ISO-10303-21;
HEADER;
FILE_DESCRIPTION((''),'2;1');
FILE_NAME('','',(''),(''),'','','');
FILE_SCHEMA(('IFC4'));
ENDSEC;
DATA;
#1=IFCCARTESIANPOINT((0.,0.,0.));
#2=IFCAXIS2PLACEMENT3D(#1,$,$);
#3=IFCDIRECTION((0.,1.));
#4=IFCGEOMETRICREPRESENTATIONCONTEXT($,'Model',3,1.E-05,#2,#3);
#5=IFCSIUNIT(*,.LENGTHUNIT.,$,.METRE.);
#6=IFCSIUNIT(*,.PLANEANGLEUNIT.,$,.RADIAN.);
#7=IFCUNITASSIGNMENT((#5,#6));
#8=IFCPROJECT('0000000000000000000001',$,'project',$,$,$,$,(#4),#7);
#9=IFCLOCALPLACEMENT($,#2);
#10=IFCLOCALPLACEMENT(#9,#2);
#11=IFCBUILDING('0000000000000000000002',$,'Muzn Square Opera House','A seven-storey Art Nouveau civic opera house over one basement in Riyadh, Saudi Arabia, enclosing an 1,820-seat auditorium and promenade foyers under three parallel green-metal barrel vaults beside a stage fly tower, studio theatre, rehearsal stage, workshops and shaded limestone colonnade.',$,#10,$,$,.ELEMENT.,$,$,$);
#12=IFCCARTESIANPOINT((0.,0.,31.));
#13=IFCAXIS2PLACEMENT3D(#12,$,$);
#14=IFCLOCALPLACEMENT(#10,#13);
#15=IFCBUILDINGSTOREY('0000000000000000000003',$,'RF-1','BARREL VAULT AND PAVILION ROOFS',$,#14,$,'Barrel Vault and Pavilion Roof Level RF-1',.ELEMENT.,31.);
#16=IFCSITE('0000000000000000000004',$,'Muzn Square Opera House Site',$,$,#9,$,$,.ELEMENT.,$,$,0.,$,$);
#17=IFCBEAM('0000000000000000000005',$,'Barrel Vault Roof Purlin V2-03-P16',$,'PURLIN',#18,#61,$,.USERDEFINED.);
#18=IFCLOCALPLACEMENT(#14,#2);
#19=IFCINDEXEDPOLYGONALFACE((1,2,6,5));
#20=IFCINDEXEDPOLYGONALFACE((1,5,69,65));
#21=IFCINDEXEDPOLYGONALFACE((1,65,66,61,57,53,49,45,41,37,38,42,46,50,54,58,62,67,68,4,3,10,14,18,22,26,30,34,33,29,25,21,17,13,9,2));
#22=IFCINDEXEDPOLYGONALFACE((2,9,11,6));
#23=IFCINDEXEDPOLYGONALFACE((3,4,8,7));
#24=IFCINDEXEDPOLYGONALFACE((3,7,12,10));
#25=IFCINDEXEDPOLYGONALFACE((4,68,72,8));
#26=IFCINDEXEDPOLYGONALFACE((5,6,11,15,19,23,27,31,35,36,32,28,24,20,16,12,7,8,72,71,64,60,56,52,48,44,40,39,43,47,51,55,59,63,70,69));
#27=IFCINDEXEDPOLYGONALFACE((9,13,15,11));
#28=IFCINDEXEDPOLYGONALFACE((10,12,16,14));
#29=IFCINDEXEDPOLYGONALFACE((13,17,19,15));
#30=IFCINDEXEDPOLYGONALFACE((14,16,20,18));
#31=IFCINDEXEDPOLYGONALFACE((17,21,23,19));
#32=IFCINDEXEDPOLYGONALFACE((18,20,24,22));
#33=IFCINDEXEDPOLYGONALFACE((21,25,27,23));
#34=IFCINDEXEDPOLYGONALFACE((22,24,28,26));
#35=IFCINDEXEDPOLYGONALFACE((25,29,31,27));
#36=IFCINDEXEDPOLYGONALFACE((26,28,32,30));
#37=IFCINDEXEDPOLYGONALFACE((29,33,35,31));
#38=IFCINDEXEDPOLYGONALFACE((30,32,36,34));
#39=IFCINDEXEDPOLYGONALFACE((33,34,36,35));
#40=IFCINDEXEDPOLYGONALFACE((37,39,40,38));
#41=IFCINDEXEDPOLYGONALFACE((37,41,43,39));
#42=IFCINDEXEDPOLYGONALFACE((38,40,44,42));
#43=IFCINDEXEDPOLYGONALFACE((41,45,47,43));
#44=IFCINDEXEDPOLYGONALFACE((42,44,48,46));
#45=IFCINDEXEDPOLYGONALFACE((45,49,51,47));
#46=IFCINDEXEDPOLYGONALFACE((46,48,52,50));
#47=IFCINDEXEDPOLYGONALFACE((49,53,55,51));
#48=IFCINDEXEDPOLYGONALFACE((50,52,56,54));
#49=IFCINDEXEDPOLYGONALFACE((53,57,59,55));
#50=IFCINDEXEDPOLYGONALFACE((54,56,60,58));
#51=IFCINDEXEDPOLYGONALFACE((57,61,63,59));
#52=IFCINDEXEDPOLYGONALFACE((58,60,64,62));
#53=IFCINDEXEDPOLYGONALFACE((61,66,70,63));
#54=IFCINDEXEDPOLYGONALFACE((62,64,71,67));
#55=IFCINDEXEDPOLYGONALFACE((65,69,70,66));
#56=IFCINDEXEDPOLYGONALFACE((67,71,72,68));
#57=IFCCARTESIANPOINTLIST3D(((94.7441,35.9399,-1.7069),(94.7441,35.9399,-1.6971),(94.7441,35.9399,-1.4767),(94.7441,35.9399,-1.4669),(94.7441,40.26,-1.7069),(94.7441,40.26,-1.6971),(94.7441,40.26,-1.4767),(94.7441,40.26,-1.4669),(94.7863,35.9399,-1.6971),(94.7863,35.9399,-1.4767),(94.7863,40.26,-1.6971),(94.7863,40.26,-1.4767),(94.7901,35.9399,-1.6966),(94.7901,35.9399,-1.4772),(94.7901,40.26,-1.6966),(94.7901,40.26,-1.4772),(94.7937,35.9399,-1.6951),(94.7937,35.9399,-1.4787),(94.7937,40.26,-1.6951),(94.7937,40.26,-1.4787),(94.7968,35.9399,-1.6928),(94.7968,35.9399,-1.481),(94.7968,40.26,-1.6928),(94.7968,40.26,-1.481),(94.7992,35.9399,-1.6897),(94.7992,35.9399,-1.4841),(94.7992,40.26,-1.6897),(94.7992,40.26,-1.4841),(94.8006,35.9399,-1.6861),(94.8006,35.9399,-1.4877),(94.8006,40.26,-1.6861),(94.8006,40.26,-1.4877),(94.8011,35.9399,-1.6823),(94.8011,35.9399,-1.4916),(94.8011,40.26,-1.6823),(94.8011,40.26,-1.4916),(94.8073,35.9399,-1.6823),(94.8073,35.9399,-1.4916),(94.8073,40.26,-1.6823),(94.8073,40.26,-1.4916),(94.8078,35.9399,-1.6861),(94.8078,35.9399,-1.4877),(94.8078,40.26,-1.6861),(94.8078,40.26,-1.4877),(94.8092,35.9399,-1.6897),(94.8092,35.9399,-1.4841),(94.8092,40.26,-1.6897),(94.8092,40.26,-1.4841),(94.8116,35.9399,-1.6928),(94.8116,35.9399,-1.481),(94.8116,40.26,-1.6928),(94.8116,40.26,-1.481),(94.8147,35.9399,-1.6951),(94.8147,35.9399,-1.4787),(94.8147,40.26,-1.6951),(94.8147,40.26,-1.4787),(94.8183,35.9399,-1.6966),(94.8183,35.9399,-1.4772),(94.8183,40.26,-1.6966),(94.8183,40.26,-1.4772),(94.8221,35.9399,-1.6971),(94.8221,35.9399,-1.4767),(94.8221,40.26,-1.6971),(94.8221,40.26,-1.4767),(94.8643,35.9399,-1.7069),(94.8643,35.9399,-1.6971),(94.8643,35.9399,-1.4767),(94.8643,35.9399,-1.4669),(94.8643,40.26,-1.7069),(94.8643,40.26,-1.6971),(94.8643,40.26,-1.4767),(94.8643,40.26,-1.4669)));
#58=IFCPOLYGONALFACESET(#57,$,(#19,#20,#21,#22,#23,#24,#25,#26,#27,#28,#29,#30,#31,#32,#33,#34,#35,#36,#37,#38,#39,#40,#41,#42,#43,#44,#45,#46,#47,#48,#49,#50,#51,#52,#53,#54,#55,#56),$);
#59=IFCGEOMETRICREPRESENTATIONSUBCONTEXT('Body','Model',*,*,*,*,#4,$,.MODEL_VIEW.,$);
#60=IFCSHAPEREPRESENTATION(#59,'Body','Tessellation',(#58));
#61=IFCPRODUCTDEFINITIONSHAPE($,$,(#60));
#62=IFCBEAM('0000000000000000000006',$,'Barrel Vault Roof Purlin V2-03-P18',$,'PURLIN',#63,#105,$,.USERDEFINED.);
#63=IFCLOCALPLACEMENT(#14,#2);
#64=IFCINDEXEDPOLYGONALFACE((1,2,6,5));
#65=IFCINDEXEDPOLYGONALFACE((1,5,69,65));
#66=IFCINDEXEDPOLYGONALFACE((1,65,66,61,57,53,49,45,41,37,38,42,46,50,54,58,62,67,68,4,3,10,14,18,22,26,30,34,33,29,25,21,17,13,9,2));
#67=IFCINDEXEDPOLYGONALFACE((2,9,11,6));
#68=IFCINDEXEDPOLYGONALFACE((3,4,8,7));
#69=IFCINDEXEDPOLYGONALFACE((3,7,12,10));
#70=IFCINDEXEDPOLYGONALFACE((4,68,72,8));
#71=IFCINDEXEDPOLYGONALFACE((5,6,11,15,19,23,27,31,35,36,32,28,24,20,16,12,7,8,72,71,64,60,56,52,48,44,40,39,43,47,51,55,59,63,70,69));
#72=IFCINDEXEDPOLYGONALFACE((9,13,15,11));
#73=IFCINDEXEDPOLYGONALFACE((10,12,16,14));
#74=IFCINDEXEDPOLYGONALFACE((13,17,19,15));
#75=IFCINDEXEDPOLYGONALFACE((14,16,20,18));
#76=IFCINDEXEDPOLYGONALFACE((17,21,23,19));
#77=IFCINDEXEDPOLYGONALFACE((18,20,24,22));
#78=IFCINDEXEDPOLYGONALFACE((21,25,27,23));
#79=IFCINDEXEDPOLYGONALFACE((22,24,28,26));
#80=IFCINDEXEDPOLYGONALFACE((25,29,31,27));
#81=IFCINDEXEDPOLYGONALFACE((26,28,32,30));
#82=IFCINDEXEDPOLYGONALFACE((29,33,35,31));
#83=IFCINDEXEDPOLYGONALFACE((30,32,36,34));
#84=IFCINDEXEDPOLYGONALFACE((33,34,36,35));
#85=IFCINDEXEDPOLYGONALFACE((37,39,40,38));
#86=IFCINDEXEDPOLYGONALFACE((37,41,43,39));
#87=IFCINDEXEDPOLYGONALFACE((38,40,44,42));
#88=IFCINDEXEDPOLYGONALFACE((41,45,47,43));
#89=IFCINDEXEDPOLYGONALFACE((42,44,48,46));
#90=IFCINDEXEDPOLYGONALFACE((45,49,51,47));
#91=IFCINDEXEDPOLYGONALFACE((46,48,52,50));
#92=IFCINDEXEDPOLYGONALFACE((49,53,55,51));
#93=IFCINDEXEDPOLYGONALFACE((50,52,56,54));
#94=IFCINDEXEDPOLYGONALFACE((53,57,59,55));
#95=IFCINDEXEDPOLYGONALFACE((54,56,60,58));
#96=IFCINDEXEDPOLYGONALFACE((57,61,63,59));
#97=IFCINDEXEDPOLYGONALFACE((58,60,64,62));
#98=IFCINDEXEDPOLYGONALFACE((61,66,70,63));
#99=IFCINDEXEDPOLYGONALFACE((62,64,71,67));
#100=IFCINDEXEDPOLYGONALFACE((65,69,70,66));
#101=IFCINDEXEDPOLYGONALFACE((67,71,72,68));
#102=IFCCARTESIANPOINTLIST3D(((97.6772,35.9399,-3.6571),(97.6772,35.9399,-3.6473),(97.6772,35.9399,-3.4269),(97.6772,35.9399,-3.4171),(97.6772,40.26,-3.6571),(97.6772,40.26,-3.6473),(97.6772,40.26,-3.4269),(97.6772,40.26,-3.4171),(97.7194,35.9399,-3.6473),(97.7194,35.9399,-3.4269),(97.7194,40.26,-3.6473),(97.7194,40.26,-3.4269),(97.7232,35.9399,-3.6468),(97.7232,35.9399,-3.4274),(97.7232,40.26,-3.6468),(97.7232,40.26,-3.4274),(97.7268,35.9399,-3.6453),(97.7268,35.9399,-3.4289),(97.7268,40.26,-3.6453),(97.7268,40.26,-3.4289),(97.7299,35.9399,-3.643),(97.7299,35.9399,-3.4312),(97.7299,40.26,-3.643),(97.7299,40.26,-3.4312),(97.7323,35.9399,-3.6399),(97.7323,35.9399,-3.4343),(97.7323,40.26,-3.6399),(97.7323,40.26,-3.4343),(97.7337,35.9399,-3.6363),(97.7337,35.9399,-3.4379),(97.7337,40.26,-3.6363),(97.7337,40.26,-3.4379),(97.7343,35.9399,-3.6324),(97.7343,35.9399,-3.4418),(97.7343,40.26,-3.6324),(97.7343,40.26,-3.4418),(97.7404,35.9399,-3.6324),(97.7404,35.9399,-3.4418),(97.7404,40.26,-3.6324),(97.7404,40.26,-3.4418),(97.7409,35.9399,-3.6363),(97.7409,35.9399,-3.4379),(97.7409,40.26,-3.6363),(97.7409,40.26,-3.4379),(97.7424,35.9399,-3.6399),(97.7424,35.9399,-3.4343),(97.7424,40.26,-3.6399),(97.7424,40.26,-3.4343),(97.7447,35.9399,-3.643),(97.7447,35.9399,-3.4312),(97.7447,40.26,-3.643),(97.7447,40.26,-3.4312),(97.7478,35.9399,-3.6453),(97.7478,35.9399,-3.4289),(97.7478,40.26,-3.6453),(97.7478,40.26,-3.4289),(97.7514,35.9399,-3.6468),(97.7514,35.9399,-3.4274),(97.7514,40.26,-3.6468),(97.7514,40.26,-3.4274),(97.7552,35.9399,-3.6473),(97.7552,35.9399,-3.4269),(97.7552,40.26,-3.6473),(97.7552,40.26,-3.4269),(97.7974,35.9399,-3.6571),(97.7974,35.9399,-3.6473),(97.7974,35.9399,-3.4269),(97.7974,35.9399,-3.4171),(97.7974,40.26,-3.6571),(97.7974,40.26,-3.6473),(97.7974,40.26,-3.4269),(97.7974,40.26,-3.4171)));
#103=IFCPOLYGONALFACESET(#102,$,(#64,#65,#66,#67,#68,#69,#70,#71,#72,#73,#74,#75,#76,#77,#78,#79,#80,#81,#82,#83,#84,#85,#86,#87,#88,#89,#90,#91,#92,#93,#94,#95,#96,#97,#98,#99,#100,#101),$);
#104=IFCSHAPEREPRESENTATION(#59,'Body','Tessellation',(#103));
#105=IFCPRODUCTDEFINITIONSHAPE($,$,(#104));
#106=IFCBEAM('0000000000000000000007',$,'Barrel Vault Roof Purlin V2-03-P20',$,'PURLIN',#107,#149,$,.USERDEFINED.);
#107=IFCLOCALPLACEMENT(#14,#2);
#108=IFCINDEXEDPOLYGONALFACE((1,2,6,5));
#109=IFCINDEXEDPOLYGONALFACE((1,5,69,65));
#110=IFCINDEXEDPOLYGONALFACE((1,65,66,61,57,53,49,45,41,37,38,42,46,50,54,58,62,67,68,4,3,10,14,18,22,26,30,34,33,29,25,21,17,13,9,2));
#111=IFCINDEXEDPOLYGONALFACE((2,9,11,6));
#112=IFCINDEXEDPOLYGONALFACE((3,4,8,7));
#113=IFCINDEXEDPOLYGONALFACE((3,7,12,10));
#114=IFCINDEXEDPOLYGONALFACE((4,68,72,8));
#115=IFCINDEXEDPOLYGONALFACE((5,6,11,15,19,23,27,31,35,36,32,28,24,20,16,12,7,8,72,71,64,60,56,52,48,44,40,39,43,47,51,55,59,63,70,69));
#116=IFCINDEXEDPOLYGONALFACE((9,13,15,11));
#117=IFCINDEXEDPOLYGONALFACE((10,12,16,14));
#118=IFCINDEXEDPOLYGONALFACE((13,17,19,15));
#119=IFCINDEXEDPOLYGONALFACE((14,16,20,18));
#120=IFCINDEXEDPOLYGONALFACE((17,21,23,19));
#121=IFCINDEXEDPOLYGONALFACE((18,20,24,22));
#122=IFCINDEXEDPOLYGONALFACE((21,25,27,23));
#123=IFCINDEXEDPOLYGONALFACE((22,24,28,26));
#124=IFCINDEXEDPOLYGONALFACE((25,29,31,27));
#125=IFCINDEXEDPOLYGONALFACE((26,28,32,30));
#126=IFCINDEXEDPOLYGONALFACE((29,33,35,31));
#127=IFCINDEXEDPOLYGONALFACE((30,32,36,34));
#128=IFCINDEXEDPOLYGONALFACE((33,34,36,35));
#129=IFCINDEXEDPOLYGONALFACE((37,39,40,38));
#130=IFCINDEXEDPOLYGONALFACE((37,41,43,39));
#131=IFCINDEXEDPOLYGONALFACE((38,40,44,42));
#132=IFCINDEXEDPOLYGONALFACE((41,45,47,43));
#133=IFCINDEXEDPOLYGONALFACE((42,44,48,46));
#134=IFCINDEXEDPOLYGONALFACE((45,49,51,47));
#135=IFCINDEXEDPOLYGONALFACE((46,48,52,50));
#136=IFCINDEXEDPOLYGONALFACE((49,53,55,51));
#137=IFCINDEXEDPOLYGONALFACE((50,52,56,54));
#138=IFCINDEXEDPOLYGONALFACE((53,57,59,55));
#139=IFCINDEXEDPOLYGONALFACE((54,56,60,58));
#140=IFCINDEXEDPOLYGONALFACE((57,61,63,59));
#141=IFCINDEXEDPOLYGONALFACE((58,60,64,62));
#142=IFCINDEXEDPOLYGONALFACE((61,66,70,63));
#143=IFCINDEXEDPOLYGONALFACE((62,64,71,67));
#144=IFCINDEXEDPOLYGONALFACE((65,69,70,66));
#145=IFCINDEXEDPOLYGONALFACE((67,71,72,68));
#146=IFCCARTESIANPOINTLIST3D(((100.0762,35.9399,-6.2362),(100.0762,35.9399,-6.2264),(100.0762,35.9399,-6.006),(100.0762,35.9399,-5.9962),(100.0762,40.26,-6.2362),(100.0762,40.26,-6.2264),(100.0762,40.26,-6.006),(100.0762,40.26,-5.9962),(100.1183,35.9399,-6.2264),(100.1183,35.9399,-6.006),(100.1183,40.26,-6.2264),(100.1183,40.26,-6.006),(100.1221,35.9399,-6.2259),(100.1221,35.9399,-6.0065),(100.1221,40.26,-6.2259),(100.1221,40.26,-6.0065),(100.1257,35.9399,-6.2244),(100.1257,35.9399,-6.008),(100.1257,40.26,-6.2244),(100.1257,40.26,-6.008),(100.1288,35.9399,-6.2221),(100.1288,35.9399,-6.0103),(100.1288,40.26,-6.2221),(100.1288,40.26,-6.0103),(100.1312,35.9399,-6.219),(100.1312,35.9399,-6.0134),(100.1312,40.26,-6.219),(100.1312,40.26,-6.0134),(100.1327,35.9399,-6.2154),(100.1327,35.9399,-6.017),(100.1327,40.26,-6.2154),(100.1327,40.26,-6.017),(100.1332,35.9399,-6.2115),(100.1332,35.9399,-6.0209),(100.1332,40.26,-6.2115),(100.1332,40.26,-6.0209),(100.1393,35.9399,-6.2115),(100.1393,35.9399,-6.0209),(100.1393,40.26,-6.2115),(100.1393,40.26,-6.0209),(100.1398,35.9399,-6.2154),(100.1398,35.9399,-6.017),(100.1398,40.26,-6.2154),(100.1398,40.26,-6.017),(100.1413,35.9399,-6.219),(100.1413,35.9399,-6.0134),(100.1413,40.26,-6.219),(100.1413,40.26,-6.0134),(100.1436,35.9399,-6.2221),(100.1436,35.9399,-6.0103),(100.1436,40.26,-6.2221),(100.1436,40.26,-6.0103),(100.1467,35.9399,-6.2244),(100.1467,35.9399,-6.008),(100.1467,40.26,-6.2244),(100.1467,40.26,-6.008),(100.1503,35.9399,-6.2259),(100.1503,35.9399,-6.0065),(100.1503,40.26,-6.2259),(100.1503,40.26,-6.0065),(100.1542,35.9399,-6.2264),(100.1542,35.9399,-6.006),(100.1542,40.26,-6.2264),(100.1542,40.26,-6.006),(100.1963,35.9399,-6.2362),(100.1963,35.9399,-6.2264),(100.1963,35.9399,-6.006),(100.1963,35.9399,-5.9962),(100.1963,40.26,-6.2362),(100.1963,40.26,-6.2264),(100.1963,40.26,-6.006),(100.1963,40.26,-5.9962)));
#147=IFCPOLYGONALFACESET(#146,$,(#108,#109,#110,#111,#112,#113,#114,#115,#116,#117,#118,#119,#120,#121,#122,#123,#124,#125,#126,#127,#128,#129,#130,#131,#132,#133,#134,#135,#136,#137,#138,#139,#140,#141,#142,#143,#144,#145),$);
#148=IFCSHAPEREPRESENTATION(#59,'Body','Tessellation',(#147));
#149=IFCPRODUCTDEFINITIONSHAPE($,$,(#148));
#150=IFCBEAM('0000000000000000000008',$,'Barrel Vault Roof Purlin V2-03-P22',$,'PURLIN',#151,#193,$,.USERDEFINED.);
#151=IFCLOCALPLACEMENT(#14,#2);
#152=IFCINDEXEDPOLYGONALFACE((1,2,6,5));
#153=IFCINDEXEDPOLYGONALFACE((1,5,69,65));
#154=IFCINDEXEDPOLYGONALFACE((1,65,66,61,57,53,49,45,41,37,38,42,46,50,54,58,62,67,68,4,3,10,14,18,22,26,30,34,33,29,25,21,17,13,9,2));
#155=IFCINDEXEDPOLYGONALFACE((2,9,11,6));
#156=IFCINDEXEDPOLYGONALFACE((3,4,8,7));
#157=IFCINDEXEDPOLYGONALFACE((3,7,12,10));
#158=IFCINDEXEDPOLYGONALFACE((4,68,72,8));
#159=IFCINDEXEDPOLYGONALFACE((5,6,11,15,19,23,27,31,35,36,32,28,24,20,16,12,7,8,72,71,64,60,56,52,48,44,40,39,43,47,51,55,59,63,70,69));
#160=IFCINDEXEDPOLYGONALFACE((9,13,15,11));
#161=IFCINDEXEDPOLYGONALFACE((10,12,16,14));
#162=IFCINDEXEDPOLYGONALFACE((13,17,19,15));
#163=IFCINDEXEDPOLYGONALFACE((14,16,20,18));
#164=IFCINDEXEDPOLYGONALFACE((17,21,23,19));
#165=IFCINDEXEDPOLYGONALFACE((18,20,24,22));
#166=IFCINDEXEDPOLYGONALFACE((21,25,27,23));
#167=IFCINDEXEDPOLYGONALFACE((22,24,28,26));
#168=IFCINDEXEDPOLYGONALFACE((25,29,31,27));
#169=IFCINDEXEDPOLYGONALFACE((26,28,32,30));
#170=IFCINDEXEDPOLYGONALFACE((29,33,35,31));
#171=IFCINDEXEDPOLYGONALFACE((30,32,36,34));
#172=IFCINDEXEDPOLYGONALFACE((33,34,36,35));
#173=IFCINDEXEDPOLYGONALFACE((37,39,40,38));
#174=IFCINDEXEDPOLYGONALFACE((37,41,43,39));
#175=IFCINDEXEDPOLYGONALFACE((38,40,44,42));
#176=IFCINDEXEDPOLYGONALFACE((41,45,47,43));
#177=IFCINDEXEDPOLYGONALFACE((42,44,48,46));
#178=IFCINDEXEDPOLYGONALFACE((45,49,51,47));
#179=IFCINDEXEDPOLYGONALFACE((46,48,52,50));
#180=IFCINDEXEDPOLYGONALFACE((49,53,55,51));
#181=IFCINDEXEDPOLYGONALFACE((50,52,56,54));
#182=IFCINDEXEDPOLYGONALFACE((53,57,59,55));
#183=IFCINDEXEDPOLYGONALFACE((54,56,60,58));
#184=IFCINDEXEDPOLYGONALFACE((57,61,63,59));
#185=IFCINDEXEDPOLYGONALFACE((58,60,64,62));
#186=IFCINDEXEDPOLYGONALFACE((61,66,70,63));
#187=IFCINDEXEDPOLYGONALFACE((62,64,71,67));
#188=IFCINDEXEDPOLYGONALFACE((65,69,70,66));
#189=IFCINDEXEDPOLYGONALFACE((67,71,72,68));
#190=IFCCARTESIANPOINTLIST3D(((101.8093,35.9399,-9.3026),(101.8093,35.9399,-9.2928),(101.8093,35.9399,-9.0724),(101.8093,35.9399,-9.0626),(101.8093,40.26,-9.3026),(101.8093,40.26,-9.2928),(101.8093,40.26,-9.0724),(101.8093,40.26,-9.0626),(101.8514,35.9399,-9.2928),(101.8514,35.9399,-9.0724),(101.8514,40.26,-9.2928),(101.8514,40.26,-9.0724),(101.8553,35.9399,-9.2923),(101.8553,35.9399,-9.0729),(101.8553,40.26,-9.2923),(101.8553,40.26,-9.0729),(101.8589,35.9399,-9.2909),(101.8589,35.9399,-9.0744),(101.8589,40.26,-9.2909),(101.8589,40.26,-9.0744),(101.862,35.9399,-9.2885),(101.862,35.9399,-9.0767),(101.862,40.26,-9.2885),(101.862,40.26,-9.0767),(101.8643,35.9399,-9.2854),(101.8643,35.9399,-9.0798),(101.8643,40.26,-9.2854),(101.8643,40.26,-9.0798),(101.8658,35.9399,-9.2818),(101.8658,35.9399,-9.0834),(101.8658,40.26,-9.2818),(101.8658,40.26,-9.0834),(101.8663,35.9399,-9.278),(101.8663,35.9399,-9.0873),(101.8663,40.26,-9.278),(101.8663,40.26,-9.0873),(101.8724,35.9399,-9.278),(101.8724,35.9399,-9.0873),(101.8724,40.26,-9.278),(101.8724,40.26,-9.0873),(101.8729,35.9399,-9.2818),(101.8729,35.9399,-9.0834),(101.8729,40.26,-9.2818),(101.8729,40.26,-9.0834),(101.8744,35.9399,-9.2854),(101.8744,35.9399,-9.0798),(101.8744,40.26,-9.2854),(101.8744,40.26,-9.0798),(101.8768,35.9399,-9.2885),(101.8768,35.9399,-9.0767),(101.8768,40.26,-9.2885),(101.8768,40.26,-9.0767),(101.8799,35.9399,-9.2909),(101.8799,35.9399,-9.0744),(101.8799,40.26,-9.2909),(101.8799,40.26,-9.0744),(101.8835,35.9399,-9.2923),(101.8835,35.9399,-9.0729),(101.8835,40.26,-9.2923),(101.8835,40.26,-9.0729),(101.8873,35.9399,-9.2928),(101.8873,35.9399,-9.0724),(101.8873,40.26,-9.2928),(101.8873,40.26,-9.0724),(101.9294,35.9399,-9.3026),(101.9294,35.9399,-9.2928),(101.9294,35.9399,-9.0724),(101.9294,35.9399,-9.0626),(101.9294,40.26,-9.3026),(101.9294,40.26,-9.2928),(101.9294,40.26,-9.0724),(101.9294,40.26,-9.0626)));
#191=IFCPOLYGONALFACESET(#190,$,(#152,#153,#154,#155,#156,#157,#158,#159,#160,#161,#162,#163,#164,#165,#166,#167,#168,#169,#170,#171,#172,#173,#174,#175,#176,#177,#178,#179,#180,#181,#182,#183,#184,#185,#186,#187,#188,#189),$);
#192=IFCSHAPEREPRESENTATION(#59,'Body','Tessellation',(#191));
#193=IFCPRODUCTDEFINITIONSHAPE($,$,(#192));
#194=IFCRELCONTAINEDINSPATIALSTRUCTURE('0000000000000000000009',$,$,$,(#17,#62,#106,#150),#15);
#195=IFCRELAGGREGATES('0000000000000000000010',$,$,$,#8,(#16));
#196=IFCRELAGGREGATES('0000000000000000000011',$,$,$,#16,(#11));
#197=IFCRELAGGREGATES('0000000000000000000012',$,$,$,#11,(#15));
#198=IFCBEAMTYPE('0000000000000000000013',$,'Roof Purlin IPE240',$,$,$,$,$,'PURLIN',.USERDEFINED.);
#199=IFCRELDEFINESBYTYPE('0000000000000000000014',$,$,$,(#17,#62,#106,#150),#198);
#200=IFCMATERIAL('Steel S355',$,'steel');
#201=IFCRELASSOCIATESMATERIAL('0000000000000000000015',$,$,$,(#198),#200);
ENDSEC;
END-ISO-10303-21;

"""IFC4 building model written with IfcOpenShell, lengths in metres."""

from ifc_helpers import new_model, si_unit, direction, frame, origin, origin_2d, place, context, subcontext, project, spatial, i_section, extrude, material, material_profile, profile_set, type_object, element, save


model = new_model("IFC4")

# Units and contexts
model_context = context("Model", 3, precision=1e-05, world=origin(), true_north=direction((0.0, 1.0)))
body_context = subcontext(model_context, "Body", "Model", "MODEL_VIEW")
ifc_project = project(units=[si_unit("LENGTHUNIT", "METRE"), si_unit("PLANEANGLEUNIT", "RADIAN")], contexts=[model_context])

# Site, building, storey
site_placement = place(None, origin())
site = spatial("IfcSite", under=ifc_project, at=site_placement, Name="Muzn Square Opera House Site", CompositionType="ELEMENT", RefElevation=0.0)
building_placement = place(site_placement, origin())
building = spatial("IfcBuilding", under=site, at=building_placement, Name="Muzn Square Opera House", Description="A seven-storey Art Nouveau civic opera house over one basement in Riyadh, Saudi Arabia, enclosing an 1,820-seat auditorium and promenade foyers under three parallel green-metal barrel vaults beside a stage fly tower, studio theatre, rehearsal stage, workshops and shaded limestone colonnade.", CompositionType="ELEMENT")
storey_placement = place(building_placement, frame((0.0, 0.0, 31.0)))
storey = spatial("IfcBuildingStorey", under=building, at=storey_placement, Name="RF-1", Description="BARREL VAULT AND PAVILION ROOFS", LongName="Barrel Vault and Pavilion Roof Level RF-1", CompositionType="ELEMENT", Elevation=31.0)

# Beams
ifc_material_1 = material(Name="Steel S355", Category="steel")
ifc_material_profile_1 = material_profile(ifc_material_1, i_section(OverallWidth=0.1201, OverallDepth=0.24, WebThickness=0.0061, FlangeThickness=0.0098, FilletRadius=0.0149, at=origin_2d()), Name="IPE 240", Category="steel")
ifc_profile_set_1 = profile_set([ifc_material_profile_1], Name="Steel S355")
beam_type_1 = type_object("IfcBeamType", Name="Roof Purlin IPE240", ElementType="PURLIN", PredefinedType="USERDEFINED", material=ifc_profile_set_1)
for number, where, z_axis, x_axis, name in (
    (1, (94.8042, 35.9399, -1.5869), (0.0, 1.0, 0.0), (-1.0, 0.0, 0.0), "Barrel Vault Roof Purlin V2-03-P16"),
    (2, (97.7373, 35.9399, -3.5371), (0.0, 1.0, 0.0), (-1.0, 0.0, 0.0), "Barrel Vault Roof Purlin V2-03-P18"),
    (3, (100.1362, 35.9399, -6.1162), (0.0, 1.0, 0.0), (-1.0, 0.0, 0.0), "Barrel Vault Roof Purlin V2-03-P20"),
    (4, (101.8694, 35.9399, -9.1826), (0.0, 1.0, 0.0), (-1.0, 0.0, 0.0), "Barrel Vault Roof Purlin V2-03-P22"),
):
    element("IfcBeam", number, at=place(storey_placement, frame(where, z_axis=z_axis, x_axis=x_axis)), inside=storey, type_object=beam_type_1, Name=name, ObjectType="PURLIN", PredefinedType="USERDEFINED", context=body_context, shape_type="SweptSolid", body=[
        extrude(i_section(OverallWidth=0.1201, OverallDepth=0.24, WebThickness=0.0061, FlangeThickness=0.0098, FilletRadius=0.0149, at=origin_2d()), origin(), (0.0, 0.0, 1.0), 4.3201),
    ])

save(model, "model.ifc")
